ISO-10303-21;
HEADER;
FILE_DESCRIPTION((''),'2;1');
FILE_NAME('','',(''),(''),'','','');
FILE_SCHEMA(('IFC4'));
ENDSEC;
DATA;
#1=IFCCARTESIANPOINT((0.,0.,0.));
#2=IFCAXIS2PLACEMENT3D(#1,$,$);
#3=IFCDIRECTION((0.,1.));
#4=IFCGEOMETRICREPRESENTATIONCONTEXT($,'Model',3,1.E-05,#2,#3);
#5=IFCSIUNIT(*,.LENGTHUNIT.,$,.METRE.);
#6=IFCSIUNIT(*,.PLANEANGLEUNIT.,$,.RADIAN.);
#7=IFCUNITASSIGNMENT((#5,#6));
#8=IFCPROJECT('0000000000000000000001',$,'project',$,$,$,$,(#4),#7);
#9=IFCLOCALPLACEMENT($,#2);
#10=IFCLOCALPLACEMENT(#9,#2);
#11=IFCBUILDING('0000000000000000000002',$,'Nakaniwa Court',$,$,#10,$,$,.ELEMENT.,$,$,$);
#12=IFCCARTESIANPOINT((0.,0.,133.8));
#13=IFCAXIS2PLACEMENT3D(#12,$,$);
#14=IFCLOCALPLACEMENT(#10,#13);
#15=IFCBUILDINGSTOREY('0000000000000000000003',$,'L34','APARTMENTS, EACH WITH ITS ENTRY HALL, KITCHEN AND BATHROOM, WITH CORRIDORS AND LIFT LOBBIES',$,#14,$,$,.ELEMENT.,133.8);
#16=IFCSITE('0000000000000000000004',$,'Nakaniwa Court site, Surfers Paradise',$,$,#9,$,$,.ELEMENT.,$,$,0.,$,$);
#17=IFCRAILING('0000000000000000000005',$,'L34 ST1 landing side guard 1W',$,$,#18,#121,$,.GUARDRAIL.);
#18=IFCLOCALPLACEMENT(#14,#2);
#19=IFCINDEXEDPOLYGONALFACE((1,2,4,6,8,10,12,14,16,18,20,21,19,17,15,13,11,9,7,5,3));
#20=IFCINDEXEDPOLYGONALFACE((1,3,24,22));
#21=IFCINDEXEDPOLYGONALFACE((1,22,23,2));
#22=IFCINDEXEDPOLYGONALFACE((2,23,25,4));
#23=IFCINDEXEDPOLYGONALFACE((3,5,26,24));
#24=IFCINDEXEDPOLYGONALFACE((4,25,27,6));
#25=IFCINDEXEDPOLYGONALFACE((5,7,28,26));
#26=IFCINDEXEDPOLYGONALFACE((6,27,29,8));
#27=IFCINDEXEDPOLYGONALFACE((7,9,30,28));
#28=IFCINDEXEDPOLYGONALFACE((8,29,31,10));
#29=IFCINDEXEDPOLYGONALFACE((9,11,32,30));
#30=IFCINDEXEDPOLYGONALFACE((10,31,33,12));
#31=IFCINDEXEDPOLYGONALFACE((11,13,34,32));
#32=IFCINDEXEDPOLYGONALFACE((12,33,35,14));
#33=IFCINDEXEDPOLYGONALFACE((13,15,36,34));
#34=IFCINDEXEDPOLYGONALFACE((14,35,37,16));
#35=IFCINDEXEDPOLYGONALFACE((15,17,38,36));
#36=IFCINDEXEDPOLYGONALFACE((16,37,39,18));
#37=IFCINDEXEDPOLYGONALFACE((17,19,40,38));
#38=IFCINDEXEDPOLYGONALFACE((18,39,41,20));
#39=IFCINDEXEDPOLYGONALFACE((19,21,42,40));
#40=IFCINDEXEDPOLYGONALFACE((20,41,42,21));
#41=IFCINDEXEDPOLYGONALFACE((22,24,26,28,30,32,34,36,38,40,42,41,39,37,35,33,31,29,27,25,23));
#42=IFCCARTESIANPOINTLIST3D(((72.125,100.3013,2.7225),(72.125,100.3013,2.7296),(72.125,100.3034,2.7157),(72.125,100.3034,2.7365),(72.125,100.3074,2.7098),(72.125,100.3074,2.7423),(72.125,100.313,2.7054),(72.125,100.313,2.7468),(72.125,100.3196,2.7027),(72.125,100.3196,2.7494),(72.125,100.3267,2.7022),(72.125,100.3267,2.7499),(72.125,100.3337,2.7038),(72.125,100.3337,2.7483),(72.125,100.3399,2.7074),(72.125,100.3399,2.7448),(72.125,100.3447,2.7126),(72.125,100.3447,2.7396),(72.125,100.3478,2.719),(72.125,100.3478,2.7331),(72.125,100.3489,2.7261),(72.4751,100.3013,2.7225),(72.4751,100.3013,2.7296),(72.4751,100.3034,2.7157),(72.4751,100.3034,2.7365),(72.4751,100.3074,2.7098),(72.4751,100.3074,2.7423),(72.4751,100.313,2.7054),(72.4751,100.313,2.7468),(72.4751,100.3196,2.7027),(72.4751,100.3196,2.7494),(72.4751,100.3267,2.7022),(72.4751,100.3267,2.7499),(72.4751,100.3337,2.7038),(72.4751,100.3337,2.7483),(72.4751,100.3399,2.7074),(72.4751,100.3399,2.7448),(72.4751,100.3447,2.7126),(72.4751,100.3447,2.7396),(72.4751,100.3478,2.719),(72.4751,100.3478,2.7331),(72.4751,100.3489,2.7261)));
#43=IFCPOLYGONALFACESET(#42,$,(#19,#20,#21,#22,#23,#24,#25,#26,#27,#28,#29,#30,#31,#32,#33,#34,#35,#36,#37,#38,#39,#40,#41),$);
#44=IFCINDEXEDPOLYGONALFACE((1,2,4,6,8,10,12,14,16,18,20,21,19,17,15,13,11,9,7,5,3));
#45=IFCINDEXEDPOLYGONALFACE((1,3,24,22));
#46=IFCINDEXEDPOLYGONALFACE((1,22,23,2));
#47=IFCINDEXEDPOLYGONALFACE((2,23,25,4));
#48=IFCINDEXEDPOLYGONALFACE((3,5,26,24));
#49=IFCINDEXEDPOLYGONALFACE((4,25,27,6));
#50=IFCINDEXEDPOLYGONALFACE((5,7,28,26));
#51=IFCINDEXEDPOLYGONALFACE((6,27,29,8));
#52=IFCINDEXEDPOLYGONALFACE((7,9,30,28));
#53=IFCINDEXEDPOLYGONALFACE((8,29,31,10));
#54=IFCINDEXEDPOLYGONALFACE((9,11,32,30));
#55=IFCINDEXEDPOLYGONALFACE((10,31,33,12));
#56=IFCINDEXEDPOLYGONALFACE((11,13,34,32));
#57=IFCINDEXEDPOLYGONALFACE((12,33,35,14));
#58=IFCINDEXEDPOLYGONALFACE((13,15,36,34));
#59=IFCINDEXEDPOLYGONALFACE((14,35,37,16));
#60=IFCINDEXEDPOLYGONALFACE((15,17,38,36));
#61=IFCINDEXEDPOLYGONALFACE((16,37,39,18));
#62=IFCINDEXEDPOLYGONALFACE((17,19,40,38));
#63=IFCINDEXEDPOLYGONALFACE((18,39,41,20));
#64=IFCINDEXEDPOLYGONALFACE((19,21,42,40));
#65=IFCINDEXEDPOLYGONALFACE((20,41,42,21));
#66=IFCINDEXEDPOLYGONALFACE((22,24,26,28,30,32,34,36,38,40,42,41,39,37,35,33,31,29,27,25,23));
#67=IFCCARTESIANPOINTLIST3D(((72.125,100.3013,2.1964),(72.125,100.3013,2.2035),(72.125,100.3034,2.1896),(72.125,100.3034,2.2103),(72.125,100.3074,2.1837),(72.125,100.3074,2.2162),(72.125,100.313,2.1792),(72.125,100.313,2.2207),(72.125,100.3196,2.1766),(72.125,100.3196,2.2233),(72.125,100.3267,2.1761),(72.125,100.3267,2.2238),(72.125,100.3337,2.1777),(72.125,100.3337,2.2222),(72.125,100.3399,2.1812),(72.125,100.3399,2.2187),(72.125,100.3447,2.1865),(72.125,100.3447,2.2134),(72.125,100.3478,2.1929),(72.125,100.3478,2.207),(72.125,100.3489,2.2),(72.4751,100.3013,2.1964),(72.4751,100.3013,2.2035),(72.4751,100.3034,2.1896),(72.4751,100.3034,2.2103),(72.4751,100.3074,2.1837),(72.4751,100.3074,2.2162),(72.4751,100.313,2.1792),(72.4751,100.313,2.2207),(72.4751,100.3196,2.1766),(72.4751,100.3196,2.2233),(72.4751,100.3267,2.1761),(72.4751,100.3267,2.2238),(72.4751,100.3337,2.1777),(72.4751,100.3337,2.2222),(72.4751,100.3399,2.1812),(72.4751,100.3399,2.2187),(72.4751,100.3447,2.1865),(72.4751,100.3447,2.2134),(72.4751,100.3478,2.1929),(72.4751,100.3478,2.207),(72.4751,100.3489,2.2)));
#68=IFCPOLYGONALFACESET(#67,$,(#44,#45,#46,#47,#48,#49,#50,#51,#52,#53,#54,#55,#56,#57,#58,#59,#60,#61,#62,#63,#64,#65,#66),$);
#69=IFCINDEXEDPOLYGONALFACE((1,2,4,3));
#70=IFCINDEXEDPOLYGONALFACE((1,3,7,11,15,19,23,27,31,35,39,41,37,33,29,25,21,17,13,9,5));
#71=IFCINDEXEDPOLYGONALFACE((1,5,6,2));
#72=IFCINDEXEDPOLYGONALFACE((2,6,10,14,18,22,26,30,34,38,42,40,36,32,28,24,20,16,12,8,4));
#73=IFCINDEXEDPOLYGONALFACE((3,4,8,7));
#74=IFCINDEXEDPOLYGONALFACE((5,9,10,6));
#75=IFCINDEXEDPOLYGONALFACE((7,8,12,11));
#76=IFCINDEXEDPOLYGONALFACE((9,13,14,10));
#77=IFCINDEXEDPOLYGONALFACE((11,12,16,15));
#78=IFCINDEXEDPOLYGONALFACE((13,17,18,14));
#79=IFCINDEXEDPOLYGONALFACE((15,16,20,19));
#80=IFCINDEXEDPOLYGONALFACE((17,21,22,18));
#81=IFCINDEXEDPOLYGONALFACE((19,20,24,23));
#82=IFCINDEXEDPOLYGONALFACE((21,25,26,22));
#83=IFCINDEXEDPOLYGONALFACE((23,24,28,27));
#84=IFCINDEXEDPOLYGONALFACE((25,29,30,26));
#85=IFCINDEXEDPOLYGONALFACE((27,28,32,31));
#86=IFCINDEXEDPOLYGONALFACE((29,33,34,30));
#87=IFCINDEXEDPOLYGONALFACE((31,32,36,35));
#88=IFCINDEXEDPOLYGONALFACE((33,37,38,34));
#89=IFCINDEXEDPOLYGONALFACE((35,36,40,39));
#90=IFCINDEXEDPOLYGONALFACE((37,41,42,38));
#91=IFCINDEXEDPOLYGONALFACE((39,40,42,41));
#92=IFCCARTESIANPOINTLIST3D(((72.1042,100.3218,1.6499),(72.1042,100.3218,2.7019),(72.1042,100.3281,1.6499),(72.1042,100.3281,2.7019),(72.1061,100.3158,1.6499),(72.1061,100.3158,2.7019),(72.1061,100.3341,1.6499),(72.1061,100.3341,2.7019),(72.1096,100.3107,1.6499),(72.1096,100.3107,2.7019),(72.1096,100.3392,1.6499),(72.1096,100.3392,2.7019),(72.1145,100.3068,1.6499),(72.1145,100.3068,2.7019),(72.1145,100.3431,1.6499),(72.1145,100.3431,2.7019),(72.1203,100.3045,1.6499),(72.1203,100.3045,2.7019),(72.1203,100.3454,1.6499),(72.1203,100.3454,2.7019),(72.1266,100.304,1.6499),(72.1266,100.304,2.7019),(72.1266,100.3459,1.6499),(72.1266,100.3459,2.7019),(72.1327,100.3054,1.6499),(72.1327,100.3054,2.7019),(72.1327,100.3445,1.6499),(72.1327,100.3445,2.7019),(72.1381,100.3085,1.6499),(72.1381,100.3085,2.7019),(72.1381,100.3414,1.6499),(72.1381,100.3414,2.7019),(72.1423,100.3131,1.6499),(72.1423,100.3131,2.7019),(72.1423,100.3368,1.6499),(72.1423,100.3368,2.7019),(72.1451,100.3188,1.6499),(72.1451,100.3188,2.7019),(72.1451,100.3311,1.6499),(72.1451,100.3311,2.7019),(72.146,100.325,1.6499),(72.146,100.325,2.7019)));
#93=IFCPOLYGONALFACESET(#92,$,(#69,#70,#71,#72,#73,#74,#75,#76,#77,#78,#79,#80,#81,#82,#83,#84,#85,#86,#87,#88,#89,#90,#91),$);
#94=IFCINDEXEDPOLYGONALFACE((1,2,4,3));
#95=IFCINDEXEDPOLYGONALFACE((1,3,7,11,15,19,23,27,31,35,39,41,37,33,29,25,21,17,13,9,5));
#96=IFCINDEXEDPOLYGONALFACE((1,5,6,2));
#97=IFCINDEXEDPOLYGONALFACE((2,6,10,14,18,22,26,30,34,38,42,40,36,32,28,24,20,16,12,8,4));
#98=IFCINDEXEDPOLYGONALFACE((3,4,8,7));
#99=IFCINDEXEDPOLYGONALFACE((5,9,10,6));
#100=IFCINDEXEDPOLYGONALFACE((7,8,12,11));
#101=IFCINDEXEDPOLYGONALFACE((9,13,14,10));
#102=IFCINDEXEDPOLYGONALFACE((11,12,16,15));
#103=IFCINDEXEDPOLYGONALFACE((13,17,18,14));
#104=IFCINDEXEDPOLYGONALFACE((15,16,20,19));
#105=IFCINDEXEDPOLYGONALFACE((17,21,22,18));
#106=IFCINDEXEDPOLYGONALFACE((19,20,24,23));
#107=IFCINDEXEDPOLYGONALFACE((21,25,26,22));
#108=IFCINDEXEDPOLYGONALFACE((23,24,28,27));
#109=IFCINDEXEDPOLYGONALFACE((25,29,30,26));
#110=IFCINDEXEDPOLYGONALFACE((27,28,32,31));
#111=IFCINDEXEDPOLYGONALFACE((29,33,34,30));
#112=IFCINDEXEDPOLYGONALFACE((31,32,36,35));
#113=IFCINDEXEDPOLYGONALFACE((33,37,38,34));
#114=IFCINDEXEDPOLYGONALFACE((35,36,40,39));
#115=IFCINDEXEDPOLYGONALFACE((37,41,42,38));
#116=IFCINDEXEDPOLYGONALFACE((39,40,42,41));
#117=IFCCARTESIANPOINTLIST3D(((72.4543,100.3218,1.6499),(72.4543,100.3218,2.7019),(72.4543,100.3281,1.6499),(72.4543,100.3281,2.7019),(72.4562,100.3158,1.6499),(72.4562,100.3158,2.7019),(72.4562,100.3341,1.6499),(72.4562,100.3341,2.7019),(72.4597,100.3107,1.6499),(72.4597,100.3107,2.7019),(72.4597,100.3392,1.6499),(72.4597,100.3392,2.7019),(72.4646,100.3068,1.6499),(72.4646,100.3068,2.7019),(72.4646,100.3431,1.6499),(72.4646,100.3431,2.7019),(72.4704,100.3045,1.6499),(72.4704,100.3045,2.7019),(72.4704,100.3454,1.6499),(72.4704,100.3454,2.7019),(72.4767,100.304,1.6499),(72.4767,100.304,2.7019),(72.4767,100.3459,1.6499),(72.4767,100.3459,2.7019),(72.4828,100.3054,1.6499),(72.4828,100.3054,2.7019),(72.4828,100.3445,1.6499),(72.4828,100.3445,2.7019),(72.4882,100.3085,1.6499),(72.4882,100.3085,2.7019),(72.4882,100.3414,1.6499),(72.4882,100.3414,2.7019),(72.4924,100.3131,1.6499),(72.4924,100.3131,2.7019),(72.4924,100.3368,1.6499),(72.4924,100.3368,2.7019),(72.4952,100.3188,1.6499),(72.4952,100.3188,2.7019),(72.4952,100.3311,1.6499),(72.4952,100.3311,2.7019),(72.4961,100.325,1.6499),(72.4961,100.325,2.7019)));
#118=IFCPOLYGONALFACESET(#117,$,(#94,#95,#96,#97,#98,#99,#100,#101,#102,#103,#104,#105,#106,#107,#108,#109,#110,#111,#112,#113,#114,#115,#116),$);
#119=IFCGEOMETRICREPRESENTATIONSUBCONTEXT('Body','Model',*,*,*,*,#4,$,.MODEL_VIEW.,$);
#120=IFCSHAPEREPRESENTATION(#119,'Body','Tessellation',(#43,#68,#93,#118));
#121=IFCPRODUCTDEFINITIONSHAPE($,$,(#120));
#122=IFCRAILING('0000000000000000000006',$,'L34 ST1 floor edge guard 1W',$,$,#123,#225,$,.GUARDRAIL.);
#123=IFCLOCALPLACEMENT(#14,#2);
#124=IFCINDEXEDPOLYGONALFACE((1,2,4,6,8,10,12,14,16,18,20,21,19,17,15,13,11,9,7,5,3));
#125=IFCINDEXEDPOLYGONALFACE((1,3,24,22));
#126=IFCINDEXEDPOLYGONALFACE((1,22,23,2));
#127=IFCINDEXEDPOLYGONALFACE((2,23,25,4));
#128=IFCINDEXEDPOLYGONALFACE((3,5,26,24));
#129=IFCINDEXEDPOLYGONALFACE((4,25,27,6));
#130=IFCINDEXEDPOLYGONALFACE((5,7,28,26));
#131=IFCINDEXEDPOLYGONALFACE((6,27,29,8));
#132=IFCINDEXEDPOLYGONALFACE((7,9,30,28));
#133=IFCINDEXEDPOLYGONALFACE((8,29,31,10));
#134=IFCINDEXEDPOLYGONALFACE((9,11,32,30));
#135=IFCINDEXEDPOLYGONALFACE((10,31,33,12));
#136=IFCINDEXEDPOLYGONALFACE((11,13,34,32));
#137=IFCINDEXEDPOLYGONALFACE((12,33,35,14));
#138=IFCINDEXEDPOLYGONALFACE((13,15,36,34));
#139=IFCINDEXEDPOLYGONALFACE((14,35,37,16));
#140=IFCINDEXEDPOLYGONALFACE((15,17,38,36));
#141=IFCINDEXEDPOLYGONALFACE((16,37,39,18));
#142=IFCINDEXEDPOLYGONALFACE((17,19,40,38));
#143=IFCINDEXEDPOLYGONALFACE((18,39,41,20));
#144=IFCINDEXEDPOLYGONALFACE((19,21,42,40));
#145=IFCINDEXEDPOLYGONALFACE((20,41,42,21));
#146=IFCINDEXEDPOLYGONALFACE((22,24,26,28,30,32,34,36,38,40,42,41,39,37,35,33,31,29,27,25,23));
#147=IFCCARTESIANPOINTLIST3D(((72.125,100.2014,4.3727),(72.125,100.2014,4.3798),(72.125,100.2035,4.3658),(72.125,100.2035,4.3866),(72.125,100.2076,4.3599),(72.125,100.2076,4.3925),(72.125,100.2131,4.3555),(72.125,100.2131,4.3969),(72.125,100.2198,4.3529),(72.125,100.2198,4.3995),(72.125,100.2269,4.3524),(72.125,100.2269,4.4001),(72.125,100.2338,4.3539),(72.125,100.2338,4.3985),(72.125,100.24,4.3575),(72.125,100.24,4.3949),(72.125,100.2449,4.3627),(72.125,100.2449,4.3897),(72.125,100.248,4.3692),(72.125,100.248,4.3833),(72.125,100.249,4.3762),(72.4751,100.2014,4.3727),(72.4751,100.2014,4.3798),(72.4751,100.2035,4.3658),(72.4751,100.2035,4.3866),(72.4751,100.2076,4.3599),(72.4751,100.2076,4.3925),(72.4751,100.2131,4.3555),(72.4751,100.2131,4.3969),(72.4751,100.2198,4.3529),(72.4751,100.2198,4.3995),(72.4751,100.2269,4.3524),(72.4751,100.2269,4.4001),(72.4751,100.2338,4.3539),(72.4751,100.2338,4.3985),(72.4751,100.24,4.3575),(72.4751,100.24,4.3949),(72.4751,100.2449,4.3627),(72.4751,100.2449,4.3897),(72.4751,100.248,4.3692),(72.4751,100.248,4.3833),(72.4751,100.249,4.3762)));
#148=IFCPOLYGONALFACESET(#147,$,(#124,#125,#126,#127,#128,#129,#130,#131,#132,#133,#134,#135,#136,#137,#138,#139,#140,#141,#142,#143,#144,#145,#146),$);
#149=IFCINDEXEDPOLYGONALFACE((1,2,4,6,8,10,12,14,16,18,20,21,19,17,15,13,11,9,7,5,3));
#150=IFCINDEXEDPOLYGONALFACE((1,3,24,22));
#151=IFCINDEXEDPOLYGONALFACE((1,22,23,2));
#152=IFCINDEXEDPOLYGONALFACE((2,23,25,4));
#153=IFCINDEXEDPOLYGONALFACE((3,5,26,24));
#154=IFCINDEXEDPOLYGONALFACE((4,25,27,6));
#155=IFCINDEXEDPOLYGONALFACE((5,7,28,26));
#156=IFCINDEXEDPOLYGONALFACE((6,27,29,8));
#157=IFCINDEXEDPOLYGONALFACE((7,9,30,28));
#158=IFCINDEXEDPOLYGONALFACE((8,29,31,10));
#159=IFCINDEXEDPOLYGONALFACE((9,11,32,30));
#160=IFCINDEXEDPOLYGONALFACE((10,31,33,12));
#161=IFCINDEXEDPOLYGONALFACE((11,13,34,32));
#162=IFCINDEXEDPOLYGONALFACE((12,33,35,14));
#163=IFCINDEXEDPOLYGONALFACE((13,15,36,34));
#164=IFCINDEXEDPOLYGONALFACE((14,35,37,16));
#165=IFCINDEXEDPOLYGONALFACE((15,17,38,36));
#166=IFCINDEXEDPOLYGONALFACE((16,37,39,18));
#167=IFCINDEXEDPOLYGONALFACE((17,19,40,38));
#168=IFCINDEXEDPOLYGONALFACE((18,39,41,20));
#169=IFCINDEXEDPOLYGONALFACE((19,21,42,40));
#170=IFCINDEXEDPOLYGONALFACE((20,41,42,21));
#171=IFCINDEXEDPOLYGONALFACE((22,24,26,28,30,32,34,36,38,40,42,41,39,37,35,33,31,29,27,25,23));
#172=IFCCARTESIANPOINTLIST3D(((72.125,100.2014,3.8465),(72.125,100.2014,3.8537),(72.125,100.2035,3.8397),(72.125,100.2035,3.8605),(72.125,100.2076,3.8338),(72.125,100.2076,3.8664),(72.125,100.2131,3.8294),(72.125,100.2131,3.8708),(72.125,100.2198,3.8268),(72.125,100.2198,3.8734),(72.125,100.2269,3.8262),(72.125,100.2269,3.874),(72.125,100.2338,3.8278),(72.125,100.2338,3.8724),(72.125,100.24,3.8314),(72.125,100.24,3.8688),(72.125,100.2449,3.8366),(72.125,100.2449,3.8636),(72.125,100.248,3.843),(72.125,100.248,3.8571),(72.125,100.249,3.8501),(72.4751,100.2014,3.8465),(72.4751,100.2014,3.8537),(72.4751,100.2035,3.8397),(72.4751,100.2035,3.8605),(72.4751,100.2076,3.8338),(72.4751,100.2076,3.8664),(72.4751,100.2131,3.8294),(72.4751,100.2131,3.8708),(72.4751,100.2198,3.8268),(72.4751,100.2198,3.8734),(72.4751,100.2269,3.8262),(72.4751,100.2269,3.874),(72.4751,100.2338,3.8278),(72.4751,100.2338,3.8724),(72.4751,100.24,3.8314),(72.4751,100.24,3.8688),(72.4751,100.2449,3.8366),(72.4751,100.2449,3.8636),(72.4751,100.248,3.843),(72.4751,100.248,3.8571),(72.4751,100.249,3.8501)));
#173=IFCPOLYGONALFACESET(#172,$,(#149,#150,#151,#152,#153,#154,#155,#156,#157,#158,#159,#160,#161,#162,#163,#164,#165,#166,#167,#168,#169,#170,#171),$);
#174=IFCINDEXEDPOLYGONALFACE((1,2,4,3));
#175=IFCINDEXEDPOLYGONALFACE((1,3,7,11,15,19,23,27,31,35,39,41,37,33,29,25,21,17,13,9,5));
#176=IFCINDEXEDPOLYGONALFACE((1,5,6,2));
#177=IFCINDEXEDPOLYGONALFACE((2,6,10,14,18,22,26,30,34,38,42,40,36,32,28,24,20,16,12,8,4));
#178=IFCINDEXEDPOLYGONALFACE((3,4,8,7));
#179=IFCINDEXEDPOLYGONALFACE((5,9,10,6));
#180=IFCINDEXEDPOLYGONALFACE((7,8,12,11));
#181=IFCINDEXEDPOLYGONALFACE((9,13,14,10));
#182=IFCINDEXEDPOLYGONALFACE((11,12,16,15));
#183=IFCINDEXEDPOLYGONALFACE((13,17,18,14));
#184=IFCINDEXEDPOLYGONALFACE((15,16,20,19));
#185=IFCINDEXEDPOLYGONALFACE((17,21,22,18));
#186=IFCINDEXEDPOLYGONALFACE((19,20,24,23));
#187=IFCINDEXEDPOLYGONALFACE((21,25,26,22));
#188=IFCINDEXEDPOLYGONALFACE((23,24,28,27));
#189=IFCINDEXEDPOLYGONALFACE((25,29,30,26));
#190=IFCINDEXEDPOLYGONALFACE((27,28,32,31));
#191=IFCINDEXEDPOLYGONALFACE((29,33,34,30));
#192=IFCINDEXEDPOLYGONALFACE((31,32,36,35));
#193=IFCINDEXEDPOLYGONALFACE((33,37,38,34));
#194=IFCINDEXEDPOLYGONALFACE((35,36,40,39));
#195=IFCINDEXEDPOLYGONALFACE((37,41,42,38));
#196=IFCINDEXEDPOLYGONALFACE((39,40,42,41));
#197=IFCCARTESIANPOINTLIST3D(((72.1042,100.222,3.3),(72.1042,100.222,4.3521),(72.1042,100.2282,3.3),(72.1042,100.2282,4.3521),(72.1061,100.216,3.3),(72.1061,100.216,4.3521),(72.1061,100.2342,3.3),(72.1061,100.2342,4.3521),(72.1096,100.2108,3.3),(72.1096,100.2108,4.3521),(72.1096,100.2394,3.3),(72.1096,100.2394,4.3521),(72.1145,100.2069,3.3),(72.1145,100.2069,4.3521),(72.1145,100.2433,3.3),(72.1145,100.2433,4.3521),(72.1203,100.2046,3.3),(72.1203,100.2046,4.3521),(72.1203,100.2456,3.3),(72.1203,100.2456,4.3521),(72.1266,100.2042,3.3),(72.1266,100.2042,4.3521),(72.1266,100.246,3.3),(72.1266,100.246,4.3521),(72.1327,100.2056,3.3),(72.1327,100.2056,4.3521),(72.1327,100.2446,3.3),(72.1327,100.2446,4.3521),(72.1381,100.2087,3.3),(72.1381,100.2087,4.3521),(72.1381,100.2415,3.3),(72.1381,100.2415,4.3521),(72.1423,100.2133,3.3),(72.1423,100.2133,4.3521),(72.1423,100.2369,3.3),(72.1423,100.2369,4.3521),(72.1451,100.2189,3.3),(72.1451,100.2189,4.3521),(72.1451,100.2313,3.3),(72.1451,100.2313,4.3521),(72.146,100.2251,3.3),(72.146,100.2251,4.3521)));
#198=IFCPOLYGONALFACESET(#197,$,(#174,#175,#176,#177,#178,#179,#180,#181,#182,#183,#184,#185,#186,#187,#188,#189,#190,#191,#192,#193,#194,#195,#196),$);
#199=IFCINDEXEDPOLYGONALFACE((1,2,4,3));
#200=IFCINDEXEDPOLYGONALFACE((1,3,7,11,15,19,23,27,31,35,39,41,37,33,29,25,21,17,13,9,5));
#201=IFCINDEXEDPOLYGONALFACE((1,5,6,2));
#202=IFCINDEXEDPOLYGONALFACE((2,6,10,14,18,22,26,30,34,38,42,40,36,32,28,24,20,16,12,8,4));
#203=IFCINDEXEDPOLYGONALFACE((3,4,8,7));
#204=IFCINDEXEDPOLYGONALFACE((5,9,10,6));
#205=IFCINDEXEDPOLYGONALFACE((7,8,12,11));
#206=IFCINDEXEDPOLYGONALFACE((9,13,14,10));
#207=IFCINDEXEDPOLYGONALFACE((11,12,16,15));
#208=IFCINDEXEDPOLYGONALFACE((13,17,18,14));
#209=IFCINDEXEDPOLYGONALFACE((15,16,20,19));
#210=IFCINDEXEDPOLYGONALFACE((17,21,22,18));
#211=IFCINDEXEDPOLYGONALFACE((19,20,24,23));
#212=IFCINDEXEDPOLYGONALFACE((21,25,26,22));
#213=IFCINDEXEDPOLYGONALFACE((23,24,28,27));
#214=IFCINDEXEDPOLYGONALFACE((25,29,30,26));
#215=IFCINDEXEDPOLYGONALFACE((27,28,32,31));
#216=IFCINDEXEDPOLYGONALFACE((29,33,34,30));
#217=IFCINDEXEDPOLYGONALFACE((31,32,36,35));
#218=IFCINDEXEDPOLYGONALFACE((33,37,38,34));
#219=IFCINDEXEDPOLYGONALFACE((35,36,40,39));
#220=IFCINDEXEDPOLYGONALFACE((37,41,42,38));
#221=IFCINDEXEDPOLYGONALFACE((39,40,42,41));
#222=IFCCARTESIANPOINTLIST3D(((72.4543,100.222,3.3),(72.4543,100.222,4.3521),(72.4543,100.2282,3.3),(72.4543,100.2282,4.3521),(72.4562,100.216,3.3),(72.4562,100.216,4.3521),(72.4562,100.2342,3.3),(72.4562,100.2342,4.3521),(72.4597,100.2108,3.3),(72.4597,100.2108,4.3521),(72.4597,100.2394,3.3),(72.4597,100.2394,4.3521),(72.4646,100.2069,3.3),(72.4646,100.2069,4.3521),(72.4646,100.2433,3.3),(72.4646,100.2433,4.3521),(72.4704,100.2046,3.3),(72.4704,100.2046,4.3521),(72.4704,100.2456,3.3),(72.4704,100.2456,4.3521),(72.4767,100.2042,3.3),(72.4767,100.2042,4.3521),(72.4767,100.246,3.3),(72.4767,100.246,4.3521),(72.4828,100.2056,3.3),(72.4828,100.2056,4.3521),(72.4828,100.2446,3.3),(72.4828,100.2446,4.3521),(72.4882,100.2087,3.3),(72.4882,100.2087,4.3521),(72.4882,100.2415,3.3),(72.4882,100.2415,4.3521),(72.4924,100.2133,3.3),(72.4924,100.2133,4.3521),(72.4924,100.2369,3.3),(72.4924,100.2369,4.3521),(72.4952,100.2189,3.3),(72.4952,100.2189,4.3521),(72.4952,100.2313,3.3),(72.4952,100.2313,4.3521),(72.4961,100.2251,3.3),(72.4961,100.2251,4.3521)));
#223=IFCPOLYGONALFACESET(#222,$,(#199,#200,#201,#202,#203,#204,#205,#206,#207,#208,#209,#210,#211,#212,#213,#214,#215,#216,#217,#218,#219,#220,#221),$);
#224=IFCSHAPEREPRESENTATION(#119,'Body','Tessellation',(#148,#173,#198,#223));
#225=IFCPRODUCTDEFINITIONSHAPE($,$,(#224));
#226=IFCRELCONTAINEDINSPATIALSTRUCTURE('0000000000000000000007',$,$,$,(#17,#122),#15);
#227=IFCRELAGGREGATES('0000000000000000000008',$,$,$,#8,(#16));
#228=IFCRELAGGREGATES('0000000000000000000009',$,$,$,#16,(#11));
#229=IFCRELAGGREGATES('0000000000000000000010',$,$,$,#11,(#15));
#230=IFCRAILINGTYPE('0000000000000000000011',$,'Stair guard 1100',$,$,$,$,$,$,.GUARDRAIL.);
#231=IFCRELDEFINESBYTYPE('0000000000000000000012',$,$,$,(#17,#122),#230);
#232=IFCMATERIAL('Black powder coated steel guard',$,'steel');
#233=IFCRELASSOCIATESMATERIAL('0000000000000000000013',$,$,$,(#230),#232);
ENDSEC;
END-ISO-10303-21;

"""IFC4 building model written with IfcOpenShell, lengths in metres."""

from ifc_helpers import new_model, si_unit, direction, frame, origin, origin_2d, place, context, subcontext, project, spatial, circle, extrude, material, type_object, element, save


model = new_model("IFC4")

# Units and contexts
model_context = context("Model", 3, precision=1e-05, world=origin(), true_north=direction((0.0, 1.0)))
body_context = subcontext(model_context, "Body", "Model", "MODEL_VIEW")
ifc_project = project(units=[si_unit("LENGTHUNIT", "METRE"), si_unit("PLANEANGLEUNIT", "RADIAN")], contexts=[model_context])

# Site, building, storey
site_placement = place(None, origin())
site = spatial("IfcSite", under=ifc_project, at=site_placement, Name="Nakaniwa Court site, Surfers Paradise", CompositionType="ELEMENT", RefElevation=0.0)
building_placement = place(site_placement, origin())
building = spatial("IfcBuilding", under=site, at=building_placement, Name="Nakaniwa Court", CompositionType="ELEMENT")
storey_placement = place(building_placement, frame((0.0, 0.0, 133.8)))
storey = spatial("IfcBuildingStorey", under=building, at=storey_placement, Name="L34", Description="APARTMENTS, EACH WITH ITS ENTRY HALL, KITCHEN AND BATHROOM, WITH CORRIDORS AND LIFT LOBBIES", CompositionType="ELEMENT", Elevation=133.8)

# Railings
ifc_material_1 = material(Name="Black powder coated steel guard", Category="steel")
railing_type_1 = type_object("IfcRailingType", Name="Stair guard 1100", PredefinedType="GUARDRAIL", material=ifc_material_1)
for number, where, name in (
    (1, (72.125, 100.325, 1.6499), "L34 ST1 landing side guard 1W"),
    (2, (72.125, 100.2251, 3.3), "L34 ST1 floor edge guard 1W"),
):
    element("IfcRailing", number, at=place(storey_placement, frame(where)), inside=storey, type_object=railing_type_1, Name=name, PredefinedType="GUARDRAIL", context=body_context, shape_type="SweptSolid", body=[
        extrude(circle(Radius=0.0239, at=origin_2d()), frame((0.0, 0.0, 1.0762), z_axis=(1.0, 0.0, 0.0), x_axis=(0.0, 1.0, 0.0)), (0.0, 0.0, 1.0), 0.3501),
        extrude(circle(Radius=0.0239, at=origin_2d()), frame((0.0, 0.0, 0.55), z_axis=(1.0, 0.0, 0.0), x_axis=(0.0, 1.0, 0.0)), (0.0, 0.0, 1.0), 0.3501),
        extrude(circle(Radius=0.021, at=origin_2d()), origin(), (0.0, 0.0, 1.0), 1.052),
        extrude(circle(Radius=0.021, at=origin_2d()), frame((0.3501, 0.0, 0.0)), (0.0, 0.0, 1.0), 1.052),
    ])

save(model, "model.ifc")
